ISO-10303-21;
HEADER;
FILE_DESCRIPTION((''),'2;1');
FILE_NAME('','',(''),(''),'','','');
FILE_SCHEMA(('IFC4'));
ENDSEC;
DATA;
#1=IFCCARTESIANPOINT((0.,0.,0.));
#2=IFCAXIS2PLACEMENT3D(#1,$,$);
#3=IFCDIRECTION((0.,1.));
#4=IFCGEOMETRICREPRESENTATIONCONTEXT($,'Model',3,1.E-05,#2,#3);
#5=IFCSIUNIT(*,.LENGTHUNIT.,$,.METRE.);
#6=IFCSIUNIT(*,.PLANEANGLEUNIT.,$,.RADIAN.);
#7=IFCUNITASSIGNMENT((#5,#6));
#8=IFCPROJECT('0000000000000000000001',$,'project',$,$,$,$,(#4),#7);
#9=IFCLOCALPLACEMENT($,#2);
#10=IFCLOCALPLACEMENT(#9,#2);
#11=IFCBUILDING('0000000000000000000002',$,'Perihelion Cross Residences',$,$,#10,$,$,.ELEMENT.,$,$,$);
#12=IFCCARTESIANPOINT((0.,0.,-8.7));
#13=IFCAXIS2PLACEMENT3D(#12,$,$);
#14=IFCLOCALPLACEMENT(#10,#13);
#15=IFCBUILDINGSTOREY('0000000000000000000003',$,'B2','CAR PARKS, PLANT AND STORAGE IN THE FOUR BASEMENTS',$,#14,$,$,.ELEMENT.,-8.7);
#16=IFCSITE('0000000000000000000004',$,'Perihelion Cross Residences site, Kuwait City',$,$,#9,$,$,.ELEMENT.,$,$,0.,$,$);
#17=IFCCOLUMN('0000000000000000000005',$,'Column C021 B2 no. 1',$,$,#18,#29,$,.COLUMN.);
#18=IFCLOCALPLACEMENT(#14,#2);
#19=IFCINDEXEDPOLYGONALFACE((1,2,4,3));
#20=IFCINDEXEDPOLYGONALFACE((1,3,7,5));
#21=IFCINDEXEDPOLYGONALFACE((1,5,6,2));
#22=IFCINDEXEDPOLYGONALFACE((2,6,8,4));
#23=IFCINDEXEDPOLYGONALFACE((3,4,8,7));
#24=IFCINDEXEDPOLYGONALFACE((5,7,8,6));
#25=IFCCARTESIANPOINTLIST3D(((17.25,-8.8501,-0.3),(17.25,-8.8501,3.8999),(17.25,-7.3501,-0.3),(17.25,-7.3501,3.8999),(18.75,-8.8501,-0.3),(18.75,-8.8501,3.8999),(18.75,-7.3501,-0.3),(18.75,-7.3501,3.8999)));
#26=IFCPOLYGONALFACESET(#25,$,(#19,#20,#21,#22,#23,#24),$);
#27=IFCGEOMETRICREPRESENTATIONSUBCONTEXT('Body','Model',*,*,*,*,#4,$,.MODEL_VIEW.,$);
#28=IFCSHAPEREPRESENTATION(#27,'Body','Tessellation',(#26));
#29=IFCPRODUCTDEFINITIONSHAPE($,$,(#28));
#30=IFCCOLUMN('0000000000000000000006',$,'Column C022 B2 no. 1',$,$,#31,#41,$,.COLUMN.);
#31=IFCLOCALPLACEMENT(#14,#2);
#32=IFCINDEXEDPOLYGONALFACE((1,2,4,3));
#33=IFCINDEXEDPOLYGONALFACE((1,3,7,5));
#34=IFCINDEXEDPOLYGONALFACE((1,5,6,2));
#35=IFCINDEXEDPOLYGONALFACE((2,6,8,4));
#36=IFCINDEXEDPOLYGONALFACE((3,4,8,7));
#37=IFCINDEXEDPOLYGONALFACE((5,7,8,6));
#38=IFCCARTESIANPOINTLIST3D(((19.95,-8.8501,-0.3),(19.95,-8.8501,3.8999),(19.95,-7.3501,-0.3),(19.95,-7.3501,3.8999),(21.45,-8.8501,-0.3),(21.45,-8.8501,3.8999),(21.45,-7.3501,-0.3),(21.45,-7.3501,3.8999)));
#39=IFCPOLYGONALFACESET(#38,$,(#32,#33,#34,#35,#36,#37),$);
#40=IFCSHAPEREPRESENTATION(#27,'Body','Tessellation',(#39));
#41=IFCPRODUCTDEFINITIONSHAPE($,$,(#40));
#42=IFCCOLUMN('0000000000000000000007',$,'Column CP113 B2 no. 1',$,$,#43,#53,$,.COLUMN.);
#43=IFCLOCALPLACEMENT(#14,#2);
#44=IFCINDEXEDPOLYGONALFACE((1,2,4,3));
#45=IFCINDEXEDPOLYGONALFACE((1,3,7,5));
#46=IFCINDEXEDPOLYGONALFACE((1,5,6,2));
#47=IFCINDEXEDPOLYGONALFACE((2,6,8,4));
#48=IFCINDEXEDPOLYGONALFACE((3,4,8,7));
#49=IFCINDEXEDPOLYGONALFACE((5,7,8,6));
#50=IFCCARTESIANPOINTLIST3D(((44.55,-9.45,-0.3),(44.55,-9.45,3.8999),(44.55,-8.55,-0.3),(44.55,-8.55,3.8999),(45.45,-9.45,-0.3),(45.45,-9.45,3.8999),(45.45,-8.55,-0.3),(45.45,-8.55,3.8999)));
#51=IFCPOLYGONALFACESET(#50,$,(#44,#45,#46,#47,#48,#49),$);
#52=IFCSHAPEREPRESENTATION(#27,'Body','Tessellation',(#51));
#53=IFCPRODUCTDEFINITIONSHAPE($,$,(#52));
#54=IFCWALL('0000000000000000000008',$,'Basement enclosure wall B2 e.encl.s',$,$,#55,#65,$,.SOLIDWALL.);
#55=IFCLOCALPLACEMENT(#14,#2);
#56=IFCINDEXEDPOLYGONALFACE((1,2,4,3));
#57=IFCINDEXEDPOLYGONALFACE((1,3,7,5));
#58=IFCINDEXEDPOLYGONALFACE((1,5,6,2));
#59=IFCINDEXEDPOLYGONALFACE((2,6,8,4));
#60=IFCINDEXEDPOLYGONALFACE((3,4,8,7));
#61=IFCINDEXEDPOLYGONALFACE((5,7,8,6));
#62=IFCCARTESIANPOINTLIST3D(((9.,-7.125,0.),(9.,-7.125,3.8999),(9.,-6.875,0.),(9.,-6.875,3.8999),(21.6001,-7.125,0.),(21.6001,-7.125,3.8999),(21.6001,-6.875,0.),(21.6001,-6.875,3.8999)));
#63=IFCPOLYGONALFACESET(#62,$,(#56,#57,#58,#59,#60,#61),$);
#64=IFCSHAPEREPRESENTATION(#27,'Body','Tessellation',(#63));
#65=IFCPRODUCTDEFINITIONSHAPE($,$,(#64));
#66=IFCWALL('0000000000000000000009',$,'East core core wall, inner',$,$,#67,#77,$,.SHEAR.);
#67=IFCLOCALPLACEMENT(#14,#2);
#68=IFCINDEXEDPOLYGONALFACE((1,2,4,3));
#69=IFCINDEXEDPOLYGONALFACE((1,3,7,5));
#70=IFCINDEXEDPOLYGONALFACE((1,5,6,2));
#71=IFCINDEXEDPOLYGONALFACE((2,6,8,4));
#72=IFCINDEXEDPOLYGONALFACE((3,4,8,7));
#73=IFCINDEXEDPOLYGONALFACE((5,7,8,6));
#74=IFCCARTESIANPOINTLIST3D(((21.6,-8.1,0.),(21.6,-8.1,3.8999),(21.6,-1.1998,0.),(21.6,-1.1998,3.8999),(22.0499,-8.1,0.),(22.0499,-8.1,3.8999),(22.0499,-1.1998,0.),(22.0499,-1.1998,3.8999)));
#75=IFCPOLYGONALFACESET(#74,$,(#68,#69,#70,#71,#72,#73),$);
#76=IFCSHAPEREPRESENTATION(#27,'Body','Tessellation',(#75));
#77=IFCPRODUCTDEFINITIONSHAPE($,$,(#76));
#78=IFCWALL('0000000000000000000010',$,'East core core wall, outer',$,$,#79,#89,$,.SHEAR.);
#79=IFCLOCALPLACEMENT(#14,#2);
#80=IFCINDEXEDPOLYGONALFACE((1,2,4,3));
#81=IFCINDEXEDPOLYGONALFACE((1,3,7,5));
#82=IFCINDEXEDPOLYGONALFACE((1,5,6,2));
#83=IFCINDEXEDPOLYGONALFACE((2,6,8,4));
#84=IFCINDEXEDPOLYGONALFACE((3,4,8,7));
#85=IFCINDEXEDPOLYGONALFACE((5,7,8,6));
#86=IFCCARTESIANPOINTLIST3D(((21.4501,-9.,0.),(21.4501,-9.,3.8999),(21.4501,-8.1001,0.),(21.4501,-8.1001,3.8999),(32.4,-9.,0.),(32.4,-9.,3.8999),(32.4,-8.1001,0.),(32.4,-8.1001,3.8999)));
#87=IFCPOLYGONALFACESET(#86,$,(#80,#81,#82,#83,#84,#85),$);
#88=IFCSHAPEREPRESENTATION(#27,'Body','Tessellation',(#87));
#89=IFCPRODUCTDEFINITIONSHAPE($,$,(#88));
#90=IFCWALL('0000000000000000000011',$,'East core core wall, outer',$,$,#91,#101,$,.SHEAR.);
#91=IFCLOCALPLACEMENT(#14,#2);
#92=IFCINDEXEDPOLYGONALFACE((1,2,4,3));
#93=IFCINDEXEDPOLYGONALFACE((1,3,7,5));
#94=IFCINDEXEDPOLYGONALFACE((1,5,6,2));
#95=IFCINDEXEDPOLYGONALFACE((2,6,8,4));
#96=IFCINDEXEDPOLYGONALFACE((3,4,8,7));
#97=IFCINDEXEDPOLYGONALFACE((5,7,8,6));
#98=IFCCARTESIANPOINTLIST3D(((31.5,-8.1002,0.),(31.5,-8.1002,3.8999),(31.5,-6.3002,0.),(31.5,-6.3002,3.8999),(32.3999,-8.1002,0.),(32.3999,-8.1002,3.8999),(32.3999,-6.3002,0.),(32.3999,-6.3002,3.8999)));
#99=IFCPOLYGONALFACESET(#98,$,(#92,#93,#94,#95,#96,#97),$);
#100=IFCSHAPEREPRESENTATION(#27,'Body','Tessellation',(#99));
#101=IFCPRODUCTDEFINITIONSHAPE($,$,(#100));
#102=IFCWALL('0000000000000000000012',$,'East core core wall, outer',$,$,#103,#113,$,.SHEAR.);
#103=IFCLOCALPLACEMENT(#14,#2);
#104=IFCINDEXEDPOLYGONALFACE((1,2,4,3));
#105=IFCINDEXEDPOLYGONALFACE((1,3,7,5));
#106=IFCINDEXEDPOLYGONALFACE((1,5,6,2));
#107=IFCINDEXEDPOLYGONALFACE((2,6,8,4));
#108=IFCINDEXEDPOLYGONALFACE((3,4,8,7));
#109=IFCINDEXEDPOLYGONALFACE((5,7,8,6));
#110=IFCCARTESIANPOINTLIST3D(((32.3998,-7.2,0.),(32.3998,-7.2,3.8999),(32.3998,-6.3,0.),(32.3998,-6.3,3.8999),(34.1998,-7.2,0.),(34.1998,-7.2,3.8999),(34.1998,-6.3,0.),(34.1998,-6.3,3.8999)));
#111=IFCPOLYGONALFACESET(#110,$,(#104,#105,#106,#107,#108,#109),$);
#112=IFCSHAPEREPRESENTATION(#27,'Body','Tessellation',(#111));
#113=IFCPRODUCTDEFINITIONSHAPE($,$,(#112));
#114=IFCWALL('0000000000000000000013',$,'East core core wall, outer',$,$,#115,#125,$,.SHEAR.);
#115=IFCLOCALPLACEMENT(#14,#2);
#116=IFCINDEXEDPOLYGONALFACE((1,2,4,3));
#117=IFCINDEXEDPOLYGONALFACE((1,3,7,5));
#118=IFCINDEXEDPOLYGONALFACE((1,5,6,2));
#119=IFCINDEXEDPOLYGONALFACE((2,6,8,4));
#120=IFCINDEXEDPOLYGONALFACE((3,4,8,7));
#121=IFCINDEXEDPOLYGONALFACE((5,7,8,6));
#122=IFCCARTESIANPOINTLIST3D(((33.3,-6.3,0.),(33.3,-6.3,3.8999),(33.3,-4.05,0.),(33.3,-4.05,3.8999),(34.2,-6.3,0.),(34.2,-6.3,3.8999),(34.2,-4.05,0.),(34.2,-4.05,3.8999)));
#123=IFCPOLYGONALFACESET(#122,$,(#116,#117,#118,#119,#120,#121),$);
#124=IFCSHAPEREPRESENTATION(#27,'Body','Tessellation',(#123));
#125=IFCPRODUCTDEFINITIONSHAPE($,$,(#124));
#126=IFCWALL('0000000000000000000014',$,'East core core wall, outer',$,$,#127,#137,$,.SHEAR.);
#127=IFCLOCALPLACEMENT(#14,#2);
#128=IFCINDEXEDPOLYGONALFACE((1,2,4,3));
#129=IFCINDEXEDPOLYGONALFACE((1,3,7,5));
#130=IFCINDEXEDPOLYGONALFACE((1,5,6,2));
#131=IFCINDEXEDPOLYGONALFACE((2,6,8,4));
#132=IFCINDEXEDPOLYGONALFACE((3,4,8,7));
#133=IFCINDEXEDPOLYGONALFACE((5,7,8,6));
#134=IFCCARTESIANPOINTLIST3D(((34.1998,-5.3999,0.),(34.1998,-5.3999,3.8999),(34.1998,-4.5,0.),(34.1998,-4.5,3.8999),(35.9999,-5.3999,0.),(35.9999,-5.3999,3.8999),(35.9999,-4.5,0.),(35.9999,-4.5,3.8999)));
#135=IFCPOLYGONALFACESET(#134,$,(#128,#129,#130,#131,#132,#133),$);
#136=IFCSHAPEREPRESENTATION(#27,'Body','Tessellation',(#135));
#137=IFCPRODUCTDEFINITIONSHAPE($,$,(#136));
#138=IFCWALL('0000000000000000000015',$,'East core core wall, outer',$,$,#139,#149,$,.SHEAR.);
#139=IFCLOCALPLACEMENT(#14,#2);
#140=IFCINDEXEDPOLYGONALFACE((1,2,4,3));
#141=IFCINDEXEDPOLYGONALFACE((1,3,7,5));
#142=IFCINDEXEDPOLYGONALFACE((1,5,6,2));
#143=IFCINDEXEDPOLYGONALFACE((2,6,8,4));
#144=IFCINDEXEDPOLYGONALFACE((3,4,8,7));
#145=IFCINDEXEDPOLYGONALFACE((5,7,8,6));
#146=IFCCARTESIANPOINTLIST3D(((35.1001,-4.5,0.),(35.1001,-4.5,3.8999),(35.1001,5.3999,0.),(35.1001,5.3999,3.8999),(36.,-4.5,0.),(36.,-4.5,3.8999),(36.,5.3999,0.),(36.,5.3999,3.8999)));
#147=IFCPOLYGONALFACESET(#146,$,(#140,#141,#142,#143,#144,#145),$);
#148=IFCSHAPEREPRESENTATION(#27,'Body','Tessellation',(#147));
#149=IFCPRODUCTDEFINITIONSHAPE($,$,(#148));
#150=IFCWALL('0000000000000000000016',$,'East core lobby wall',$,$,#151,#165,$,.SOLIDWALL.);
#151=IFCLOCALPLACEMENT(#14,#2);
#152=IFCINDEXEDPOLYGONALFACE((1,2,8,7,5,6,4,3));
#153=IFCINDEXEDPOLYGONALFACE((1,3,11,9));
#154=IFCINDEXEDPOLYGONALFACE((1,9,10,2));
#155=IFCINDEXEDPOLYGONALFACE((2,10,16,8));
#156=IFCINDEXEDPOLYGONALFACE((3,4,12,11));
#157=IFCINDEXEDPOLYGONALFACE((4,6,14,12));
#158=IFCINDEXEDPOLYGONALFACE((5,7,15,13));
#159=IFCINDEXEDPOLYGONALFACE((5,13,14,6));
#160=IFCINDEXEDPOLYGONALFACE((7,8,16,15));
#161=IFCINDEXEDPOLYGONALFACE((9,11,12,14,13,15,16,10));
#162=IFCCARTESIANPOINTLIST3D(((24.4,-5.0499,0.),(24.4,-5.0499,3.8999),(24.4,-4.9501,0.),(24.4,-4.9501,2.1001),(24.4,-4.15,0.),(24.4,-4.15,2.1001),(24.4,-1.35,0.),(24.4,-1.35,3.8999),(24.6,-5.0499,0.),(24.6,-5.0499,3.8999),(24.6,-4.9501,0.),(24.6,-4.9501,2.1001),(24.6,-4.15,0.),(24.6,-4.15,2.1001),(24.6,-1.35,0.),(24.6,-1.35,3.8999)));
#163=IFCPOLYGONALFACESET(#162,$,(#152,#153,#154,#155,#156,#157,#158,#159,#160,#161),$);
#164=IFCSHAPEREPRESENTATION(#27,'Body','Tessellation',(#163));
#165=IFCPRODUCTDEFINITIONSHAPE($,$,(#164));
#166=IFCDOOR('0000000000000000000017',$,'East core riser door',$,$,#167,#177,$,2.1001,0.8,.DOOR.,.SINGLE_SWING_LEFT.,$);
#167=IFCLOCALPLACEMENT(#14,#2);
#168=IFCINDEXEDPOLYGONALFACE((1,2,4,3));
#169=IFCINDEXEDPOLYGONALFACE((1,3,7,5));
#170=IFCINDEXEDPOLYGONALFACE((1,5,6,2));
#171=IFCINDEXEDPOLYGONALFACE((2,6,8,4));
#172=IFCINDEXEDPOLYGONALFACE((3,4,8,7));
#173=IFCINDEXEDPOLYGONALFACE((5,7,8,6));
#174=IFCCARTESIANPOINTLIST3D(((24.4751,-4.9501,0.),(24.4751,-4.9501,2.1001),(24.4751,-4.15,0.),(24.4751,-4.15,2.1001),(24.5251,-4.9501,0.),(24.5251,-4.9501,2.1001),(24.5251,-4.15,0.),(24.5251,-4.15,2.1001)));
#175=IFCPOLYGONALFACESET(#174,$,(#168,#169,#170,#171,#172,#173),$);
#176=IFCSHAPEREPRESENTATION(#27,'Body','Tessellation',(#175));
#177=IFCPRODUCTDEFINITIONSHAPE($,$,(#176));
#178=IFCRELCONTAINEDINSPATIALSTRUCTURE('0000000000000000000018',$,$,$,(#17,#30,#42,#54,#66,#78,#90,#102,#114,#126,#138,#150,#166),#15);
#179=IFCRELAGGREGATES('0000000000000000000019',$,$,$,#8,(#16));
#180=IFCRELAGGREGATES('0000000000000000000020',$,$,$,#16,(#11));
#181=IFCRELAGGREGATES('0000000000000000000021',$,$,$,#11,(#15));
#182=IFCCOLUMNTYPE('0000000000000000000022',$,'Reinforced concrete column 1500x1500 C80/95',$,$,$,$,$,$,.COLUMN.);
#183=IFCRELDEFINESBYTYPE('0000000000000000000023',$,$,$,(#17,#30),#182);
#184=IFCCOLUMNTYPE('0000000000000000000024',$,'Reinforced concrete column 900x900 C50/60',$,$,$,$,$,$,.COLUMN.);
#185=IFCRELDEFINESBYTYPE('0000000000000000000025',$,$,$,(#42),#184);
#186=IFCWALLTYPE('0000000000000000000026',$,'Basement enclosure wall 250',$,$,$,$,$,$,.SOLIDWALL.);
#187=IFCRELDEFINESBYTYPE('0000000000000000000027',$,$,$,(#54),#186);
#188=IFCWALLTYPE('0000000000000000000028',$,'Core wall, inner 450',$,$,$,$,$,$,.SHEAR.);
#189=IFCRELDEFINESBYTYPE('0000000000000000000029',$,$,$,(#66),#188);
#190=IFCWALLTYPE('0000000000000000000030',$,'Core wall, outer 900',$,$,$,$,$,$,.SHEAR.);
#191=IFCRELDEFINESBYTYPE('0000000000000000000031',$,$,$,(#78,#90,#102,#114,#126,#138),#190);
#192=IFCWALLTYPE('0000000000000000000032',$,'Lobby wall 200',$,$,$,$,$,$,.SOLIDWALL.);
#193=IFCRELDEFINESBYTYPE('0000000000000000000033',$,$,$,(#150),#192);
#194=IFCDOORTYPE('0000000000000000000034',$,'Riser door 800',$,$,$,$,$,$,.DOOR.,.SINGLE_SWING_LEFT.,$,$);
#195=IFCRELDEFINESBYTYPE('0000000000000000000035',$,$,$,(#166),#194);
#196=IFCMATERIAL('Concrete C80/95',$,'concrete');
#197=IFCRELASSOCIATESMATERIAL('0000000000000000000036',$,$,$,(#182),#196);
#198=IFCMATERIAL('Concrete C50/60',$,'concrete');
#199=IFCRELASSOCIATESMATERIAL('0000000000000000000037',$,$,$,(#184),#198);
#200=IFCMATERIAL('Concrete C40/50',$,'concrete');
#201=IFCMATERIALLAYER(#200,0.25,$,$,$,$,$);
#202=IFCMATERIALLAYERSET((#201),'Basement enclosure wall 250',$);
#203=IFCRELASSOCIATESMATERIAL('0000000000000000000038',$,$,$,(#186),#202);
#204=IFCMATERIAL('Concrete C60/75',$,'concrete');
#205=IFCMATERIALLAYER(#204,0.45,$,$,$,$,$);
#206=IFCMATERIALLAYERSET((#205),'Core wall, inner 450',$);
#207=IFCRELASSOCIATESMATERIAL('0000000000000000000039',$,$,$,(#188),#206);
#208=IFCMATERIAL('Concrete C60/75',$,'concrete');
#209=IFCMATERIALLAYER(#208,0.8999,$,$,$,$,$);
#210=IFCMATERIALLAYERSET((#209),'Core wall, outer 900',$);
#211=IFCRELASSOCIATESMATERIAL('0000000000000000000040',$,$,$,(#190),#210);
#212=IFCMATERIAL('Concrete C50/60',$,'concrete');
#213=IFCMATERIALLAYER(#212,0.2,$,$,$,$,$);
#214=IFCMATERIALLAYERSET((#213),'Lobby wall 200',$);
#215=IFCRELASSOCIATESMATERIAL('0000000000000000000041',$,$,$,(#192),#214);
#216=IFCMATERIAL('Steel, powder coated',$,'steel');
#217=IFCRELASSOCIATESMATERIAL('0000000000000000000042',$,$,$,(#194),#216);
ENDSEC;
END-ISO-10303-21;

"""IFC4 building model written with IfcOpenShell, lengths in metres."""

from ifc_helpers import new_model, si_unit, direction, frame, frame_2d, origin, origin_2d, place, context, subcontext, project, spatial, rectangle, extrude, material, layer, layer_set, material_profile, profile_set, type_object, element, fill, save


model = new_model("IFC4")

# Units and contexts
model_context = context("Model", 3, precision=1e-05, world=origin(), true_north=direction((0.0, 1.0)))
body_context = subcontext(model_context, "Body", "Model", "MODEL_VIEW")
ifc_project = project(units=[si_unit("LENGTHUNIT", "METRE"), si_unit("PLANEANGLEUNIT", "RADIAN")], contexts=[model_context])

# Site, building, storey
site_placement = place(None, origin())
site = spatial("IfcSite", under=ifc_project, at=site_placement, Name="Perihelion Cross Residences site, Kuwait City", CompositionType="ELEMENT", RefElevation=0.0)
building_placement = place(site_placement, origin())
building = spatial("IfcBuilding", under=site, at=building_placement, Name="Perihelion Cross Residences", CompositionType="ELEMENT")
storey_placement = place(building_placement, frame((0.0, 0.0, -8.7)))
storey = spatial("IfcBuildingStorey", under=building, at=storey_placement, Name="B2", Description="CAR PARKS, PLANT AND STORAGE IN THE FOUR BASEMENTS", CompositionType="ELEMENT", Elevation=-8.7)

# Columns
ifc_material_1 = material(Name="Concrete C80/95", Category="concrete")
ifc_material_profile_1 = material_profile(ifc_material_1, rectangle(XDim=1.5, YDim=1.5, at=origin_2d()), Name="RC 1500x1500")
ifc_profile_set_1 = profile_set([ifc_material_profile_1], Name="Concrete C80/95")
column_type_1 = type_object("IfcColumnType", Name="Reinforced concrete column 1500x1500 C80/95", PredefinedType="COLUMN", material=ifc_profile_set_1)
for number, where, z_axis, x_axis, name in (
    (1, (18.0, -8.1001, -0.3), (0.0, 0.0, 1.0), (1.0, 0.0, 0.0), "Column C021 B2 no. 1"),
    (2, (20.7, -8.1001, -0.3), (0.0, 0.0, 1.0), (1.0, 0.0, 0.0), "Column C022 B2 no. 1"),
):
    element("IfcColumn", number, at=place(storey_placement, frame(where, z_axis=z_axis, x_axis=x_axis)), inside=storey, type_object=column_type_1, Name=name, PredefinedType="COLUMN", context=body_context, shape_type="SweptSolid", body=[
        extrude(rectangle(XDim=1.5, YDim=1.5, at=origin_2d()), origin(), (0.0, 0.0, 1.0), 4.2),
    ])
ifc_material_2 = material(Name="Concrete C50/60", Category="concrete")
ifc_material_profile_2 = material_profile(ifc_material_2, rectangle(XDim=0.8999, YDim=0.8999, at=origin_2d()), Name="RC 900x900")
ifc_profile_set_2 = profile_set([ifc_material_profile_2], Name="Concrete C50/60")
column_type_2 = type_object("IfcColumnType", Name="Reinforced concrete column 900x900 C50/60", PredefinedType="COLUMN", material=ifc_profile_set_2)
column_placement = place(storey_placement, frame((45.0, -9.0, -0.3), z_axis=(0.0, 0.0, 1.0), x_axis=(1.0, 0.0, 0.0)))
element("IfcColumn", 3, at=column_placement, inside=storey, type_object=column_type_2, Name="Column CP113 B2 no. 1", PredefinedType="COLUMN", context=body_context, shape_type="SweptSolid", body=[
    extrude(rectangle(XDim=0.8999, YDim=0.8999, at=origin_2d()), origin(), (0.0, 0.0, 1.0), 4.2),
])

# Walls
ifc_material_3 = material(Name="Concrete C40/50", Category="concrete")
ifc_layer_1 = layer(ifc_material_3, 0.25)
ifc_layer_set_1 = layer_set([ifc_layer_1], Name="Basement enclosure wall 250")
wall_type_1 = type_object("IfcWallType", Name="Basement enclosure wall 250", PredefinedType="SOLIDWALL", material=ifc_layer_set_1)
wall_1_placement = place(storey_placement, frame((9.0, -7.0, 0.0), z_axis=(0.0, 0.0, 1.0), x_axis=(1.0, 0.0, 0.0)))
element("IfcWall", 4, at=wall_1_placement, inside=storey, type_object=wall_type_1, Name="Basement enclosure wall B2 e.encl.s", PredefinedType="SOLIDWALL", context=body_context, shape_type="SweptSolid", body=[
    extrude(rectangle(XDim=12.6001, YDim=0.25, at=frame_2d((6.3, 0.0))), origin(), (0.0, 0.0, 1.0), 3.8999),
])
ifc_material_4 = material(Name="Concrete C60/75", Category="concrete")
ifc_layer_2 = layer(ifc_material_4, 0.45)
ifc_layer_set_2 = layer_set([ifc_layer_2], Name="Core wall, inner 450")
wall_type_2 = type_object("IfcWallType", Name="Core wall, inner 450", PredefinedType="SHEAR", material=ifc_layer_set_2)
wall_2_placement = place(storey_placement, frame((21.825, -8.1001, 0.0), z_axis=(0.0, 0.0, 1.0), x_axis=(0.0, 1.0, 0.0)))
element("IfcWall", 5, at=wall_2_placement, inside=storey, type_object=wall_type_2, Name="East core core wall, inner", PredefinedType="SHEAR", context=body_context, shape_type="SweptSolid", body=[
    extrude(rectangle(XDim=6.9001, YDim=0.45, at=frame_2d((3.4502, 0.0))), origin(), (0.0, 0.0, 1.0), 3.8999),
])
ifc_material_5 = material(Name="Concrete C60/75", Category="concrete")
ifc_layer_3 = layer(ifc_material_5, 0.8999)
ifc_layer_set_3 = layer_set([ifc_layer_3], Name="Core wall, outer 900")
wall_type_3 = type_object("IfcWallType", Name="Core wall, outer 900", PredefinedType="SHEAR", material=ifc_layer_set_3)
wall_3_placement = place(storey_placement, frame((21.45, -8.55, 0.0), z_axis=(0.0, 0.0, 1.0), x_axis=(1.0, 0.0, 0.0)))
element("IfcWall", 6, at=wall_3_placement, inside=storey, type_object=wall_type_3, Name="East core core wall, outer", PredefinedType="SHEAR", context=body_context, shape_type="SweptSolid", body=[
    extrude(rectangle(XDim=10.95, YDim=0.8999, at=frame_2d((5.4751, 0.0))), origin(), (0.0, 0.0, 1.0), 3.8999),
])
for number, where, z_axis, x_axis, name in (
    (7, (31.95, -8.1001, 0.0), (0.0, 0.0, 1.0), (0.0, 1.0, 0.0), "East core core wall, outer"),
    (8, (32.3999, -6.75, 0.0), (0.0, 0.0, 1.0), (1.0, 0.0, 0.0), "East core core wall, outer"),
):
    element("IfcWall", number, at=place(storey_placement, frame(where, z_axis=z_axis, x_axis=x_axis)), inside=storey, type_object=wall_type_3, Name=name, PredefinedType="SHEAR", context=body_context, shape_type="SweptSolid", body=[
        extrude(rectangle(XDim=1.8, YDim=0.8999, at=frame_2d((0.8999, 0.0))), origin(), (0.0, 0.0, 1.0), 3.8999),
    ])
wall_4_placement = place(storey_placement, frame((33.75, -6.3, 0.0), z_axis=(0.0, 0.0, 1.0), x_axis=(0.0, 1.0, 0.0)))
element("IfcWall", 9, at=wall_4_placement, inside=storey, type_object=wall_type_3, Name="East core core wall, outer", PredefinedType="SHEAR", context=body_context, shape_type="SweptSolid", body=[
    extrude(rectangle(XDim=2.25, YDim=0.8999, at=frame_2d((1.125, 0.0))), origin(), (0.0, 0.0, 1.0), 3.8999),
])
wall_5_placement = place(storey_placement, frame((34.2, -4.95, 0.0), z_axis=(0.0, 0.0, 1.0), x_axis=(1.0, 0.0, 0.0)))
element("IfcWall", 10, at=wall_5_placement, inside=storey, type_object=wall_type_3, Name="East core core wall, outer", PredefinedType="SHEAR", context=body_context, shape_type="SweptSolid", body=[
    extrude(rectangle(XDim=1.8, YDim=0.8999, at=frame_2d((0.8999, 0.0))), origin(), (0.0, 0.0, 1.0), 3.8999),
])
wall_6_placement = place(storey_placement, frame((35.55, -4.5, 0.0), z_axis=(0.0, 0.0, 1.0), x_axis=(0.0, 1.0, 0.0)))
element("IfcWall", 11, at=wall_6_placement, inside=storey, type_object=wall_type_3, Name="East core core wall, outer", PredefinedType="SHEAR", context=body_context, shape_type="SweptSolid", body=[
    extrude(rectangle(XDim=9.8999, YDim=0.8999, at=frame_2d((4.95, 0.0))), origin(), (0.0, 0.0, 1.0), 3.8999),
])

# Wall, opening, door
ifc_material_6 = material(Name="Concrete C50/60", Category="concrete")
ifc_layer_4 = layer(ifc_material_6, 0.2)
ifc_layer_set_4 = layer_set([ifc_layer_4], Name="Lobby wall 200")
wall_type_4 = type_object("IfcWallType", Name="Lobby wall 200", PredefinedType="SOLIDWALL", material=ifc_layer_set_4)
wall_7_placement = place(storey_placement, frame((24.5, -5.05, 0.0), z_axis=(0.0, 0.0, 1.0), x_axis=(0.0, 1.0, 0.0)))
wall_7 = element("IfcWall", 12, at=wall_7_placement, inside=storey, type_object=wall_type_4, Name="East core lobby wall", PredefinedType="SOLIDWALL", context=body_context, shape_type="SweptSolid", body=[
    extrude(rectangle(XDim=3.7, YDim=0.2, at=frame_2d((1.8501, 0.0))), origin(), (0.0, 0.0, 1.0), 3.8999),
])
opening_1_placement = place(wall_7_placement, frame((0.1001, 0.0, 0.0)))
opening_1 = element("IfcOpeningElement", 13, at=opening_1_placement, cuts=wall_7, PredefinedType="OPENING", context=body_context, shape_type="SweptSolid", body=[
    extrude(rectangle(XDim=0.8, YDim=2.1001, at=frame_2d((0.3999, 1.05))), frame((0.0, 0.1099, 0.0), z_axis=(0.0, -1.0, 0.0), x_axis=(1.0, 0.0, 0.0)), (0.0, 0.0, 1.0), 0.22),
])
ifc_material_7 = material(Name="Steel, powder coated", Category="steel")
door_type_1 = type_object("IfcDoorType", Name="Riser door 800", OperationType="SINGLE_SWING_LEFT", PredefinedType="DOOR", material=ifc_material_7)
door_1_placement = place(opening_1_placement, origin())
door_1 = element("IfcDoor", 14, at=door_1_placement, inside=storey, type_object=door_type_1, Name="East core riser door", OperationType="SINGLE_SWING_LEFT", OverallHeight=2.1001, OverallWidth=0.8, PredefinedType="DOOR", context=body_context, shape_type="SweptSolid", body=[
    extrude(rectangle(XDim=0.8, YDim=2.1001, at=frame_2d((0.3999, 1.05))), frame((0.0, 0.0249, 0.0), z_axis=(0.0, -1.0, 0.0), x_axis=(1.0, 0.0, 0.0)), (0.0, 0.0, 1.0), 0.05),
])
fill(opening_1, door_1)

save(model, "model.ifc")
